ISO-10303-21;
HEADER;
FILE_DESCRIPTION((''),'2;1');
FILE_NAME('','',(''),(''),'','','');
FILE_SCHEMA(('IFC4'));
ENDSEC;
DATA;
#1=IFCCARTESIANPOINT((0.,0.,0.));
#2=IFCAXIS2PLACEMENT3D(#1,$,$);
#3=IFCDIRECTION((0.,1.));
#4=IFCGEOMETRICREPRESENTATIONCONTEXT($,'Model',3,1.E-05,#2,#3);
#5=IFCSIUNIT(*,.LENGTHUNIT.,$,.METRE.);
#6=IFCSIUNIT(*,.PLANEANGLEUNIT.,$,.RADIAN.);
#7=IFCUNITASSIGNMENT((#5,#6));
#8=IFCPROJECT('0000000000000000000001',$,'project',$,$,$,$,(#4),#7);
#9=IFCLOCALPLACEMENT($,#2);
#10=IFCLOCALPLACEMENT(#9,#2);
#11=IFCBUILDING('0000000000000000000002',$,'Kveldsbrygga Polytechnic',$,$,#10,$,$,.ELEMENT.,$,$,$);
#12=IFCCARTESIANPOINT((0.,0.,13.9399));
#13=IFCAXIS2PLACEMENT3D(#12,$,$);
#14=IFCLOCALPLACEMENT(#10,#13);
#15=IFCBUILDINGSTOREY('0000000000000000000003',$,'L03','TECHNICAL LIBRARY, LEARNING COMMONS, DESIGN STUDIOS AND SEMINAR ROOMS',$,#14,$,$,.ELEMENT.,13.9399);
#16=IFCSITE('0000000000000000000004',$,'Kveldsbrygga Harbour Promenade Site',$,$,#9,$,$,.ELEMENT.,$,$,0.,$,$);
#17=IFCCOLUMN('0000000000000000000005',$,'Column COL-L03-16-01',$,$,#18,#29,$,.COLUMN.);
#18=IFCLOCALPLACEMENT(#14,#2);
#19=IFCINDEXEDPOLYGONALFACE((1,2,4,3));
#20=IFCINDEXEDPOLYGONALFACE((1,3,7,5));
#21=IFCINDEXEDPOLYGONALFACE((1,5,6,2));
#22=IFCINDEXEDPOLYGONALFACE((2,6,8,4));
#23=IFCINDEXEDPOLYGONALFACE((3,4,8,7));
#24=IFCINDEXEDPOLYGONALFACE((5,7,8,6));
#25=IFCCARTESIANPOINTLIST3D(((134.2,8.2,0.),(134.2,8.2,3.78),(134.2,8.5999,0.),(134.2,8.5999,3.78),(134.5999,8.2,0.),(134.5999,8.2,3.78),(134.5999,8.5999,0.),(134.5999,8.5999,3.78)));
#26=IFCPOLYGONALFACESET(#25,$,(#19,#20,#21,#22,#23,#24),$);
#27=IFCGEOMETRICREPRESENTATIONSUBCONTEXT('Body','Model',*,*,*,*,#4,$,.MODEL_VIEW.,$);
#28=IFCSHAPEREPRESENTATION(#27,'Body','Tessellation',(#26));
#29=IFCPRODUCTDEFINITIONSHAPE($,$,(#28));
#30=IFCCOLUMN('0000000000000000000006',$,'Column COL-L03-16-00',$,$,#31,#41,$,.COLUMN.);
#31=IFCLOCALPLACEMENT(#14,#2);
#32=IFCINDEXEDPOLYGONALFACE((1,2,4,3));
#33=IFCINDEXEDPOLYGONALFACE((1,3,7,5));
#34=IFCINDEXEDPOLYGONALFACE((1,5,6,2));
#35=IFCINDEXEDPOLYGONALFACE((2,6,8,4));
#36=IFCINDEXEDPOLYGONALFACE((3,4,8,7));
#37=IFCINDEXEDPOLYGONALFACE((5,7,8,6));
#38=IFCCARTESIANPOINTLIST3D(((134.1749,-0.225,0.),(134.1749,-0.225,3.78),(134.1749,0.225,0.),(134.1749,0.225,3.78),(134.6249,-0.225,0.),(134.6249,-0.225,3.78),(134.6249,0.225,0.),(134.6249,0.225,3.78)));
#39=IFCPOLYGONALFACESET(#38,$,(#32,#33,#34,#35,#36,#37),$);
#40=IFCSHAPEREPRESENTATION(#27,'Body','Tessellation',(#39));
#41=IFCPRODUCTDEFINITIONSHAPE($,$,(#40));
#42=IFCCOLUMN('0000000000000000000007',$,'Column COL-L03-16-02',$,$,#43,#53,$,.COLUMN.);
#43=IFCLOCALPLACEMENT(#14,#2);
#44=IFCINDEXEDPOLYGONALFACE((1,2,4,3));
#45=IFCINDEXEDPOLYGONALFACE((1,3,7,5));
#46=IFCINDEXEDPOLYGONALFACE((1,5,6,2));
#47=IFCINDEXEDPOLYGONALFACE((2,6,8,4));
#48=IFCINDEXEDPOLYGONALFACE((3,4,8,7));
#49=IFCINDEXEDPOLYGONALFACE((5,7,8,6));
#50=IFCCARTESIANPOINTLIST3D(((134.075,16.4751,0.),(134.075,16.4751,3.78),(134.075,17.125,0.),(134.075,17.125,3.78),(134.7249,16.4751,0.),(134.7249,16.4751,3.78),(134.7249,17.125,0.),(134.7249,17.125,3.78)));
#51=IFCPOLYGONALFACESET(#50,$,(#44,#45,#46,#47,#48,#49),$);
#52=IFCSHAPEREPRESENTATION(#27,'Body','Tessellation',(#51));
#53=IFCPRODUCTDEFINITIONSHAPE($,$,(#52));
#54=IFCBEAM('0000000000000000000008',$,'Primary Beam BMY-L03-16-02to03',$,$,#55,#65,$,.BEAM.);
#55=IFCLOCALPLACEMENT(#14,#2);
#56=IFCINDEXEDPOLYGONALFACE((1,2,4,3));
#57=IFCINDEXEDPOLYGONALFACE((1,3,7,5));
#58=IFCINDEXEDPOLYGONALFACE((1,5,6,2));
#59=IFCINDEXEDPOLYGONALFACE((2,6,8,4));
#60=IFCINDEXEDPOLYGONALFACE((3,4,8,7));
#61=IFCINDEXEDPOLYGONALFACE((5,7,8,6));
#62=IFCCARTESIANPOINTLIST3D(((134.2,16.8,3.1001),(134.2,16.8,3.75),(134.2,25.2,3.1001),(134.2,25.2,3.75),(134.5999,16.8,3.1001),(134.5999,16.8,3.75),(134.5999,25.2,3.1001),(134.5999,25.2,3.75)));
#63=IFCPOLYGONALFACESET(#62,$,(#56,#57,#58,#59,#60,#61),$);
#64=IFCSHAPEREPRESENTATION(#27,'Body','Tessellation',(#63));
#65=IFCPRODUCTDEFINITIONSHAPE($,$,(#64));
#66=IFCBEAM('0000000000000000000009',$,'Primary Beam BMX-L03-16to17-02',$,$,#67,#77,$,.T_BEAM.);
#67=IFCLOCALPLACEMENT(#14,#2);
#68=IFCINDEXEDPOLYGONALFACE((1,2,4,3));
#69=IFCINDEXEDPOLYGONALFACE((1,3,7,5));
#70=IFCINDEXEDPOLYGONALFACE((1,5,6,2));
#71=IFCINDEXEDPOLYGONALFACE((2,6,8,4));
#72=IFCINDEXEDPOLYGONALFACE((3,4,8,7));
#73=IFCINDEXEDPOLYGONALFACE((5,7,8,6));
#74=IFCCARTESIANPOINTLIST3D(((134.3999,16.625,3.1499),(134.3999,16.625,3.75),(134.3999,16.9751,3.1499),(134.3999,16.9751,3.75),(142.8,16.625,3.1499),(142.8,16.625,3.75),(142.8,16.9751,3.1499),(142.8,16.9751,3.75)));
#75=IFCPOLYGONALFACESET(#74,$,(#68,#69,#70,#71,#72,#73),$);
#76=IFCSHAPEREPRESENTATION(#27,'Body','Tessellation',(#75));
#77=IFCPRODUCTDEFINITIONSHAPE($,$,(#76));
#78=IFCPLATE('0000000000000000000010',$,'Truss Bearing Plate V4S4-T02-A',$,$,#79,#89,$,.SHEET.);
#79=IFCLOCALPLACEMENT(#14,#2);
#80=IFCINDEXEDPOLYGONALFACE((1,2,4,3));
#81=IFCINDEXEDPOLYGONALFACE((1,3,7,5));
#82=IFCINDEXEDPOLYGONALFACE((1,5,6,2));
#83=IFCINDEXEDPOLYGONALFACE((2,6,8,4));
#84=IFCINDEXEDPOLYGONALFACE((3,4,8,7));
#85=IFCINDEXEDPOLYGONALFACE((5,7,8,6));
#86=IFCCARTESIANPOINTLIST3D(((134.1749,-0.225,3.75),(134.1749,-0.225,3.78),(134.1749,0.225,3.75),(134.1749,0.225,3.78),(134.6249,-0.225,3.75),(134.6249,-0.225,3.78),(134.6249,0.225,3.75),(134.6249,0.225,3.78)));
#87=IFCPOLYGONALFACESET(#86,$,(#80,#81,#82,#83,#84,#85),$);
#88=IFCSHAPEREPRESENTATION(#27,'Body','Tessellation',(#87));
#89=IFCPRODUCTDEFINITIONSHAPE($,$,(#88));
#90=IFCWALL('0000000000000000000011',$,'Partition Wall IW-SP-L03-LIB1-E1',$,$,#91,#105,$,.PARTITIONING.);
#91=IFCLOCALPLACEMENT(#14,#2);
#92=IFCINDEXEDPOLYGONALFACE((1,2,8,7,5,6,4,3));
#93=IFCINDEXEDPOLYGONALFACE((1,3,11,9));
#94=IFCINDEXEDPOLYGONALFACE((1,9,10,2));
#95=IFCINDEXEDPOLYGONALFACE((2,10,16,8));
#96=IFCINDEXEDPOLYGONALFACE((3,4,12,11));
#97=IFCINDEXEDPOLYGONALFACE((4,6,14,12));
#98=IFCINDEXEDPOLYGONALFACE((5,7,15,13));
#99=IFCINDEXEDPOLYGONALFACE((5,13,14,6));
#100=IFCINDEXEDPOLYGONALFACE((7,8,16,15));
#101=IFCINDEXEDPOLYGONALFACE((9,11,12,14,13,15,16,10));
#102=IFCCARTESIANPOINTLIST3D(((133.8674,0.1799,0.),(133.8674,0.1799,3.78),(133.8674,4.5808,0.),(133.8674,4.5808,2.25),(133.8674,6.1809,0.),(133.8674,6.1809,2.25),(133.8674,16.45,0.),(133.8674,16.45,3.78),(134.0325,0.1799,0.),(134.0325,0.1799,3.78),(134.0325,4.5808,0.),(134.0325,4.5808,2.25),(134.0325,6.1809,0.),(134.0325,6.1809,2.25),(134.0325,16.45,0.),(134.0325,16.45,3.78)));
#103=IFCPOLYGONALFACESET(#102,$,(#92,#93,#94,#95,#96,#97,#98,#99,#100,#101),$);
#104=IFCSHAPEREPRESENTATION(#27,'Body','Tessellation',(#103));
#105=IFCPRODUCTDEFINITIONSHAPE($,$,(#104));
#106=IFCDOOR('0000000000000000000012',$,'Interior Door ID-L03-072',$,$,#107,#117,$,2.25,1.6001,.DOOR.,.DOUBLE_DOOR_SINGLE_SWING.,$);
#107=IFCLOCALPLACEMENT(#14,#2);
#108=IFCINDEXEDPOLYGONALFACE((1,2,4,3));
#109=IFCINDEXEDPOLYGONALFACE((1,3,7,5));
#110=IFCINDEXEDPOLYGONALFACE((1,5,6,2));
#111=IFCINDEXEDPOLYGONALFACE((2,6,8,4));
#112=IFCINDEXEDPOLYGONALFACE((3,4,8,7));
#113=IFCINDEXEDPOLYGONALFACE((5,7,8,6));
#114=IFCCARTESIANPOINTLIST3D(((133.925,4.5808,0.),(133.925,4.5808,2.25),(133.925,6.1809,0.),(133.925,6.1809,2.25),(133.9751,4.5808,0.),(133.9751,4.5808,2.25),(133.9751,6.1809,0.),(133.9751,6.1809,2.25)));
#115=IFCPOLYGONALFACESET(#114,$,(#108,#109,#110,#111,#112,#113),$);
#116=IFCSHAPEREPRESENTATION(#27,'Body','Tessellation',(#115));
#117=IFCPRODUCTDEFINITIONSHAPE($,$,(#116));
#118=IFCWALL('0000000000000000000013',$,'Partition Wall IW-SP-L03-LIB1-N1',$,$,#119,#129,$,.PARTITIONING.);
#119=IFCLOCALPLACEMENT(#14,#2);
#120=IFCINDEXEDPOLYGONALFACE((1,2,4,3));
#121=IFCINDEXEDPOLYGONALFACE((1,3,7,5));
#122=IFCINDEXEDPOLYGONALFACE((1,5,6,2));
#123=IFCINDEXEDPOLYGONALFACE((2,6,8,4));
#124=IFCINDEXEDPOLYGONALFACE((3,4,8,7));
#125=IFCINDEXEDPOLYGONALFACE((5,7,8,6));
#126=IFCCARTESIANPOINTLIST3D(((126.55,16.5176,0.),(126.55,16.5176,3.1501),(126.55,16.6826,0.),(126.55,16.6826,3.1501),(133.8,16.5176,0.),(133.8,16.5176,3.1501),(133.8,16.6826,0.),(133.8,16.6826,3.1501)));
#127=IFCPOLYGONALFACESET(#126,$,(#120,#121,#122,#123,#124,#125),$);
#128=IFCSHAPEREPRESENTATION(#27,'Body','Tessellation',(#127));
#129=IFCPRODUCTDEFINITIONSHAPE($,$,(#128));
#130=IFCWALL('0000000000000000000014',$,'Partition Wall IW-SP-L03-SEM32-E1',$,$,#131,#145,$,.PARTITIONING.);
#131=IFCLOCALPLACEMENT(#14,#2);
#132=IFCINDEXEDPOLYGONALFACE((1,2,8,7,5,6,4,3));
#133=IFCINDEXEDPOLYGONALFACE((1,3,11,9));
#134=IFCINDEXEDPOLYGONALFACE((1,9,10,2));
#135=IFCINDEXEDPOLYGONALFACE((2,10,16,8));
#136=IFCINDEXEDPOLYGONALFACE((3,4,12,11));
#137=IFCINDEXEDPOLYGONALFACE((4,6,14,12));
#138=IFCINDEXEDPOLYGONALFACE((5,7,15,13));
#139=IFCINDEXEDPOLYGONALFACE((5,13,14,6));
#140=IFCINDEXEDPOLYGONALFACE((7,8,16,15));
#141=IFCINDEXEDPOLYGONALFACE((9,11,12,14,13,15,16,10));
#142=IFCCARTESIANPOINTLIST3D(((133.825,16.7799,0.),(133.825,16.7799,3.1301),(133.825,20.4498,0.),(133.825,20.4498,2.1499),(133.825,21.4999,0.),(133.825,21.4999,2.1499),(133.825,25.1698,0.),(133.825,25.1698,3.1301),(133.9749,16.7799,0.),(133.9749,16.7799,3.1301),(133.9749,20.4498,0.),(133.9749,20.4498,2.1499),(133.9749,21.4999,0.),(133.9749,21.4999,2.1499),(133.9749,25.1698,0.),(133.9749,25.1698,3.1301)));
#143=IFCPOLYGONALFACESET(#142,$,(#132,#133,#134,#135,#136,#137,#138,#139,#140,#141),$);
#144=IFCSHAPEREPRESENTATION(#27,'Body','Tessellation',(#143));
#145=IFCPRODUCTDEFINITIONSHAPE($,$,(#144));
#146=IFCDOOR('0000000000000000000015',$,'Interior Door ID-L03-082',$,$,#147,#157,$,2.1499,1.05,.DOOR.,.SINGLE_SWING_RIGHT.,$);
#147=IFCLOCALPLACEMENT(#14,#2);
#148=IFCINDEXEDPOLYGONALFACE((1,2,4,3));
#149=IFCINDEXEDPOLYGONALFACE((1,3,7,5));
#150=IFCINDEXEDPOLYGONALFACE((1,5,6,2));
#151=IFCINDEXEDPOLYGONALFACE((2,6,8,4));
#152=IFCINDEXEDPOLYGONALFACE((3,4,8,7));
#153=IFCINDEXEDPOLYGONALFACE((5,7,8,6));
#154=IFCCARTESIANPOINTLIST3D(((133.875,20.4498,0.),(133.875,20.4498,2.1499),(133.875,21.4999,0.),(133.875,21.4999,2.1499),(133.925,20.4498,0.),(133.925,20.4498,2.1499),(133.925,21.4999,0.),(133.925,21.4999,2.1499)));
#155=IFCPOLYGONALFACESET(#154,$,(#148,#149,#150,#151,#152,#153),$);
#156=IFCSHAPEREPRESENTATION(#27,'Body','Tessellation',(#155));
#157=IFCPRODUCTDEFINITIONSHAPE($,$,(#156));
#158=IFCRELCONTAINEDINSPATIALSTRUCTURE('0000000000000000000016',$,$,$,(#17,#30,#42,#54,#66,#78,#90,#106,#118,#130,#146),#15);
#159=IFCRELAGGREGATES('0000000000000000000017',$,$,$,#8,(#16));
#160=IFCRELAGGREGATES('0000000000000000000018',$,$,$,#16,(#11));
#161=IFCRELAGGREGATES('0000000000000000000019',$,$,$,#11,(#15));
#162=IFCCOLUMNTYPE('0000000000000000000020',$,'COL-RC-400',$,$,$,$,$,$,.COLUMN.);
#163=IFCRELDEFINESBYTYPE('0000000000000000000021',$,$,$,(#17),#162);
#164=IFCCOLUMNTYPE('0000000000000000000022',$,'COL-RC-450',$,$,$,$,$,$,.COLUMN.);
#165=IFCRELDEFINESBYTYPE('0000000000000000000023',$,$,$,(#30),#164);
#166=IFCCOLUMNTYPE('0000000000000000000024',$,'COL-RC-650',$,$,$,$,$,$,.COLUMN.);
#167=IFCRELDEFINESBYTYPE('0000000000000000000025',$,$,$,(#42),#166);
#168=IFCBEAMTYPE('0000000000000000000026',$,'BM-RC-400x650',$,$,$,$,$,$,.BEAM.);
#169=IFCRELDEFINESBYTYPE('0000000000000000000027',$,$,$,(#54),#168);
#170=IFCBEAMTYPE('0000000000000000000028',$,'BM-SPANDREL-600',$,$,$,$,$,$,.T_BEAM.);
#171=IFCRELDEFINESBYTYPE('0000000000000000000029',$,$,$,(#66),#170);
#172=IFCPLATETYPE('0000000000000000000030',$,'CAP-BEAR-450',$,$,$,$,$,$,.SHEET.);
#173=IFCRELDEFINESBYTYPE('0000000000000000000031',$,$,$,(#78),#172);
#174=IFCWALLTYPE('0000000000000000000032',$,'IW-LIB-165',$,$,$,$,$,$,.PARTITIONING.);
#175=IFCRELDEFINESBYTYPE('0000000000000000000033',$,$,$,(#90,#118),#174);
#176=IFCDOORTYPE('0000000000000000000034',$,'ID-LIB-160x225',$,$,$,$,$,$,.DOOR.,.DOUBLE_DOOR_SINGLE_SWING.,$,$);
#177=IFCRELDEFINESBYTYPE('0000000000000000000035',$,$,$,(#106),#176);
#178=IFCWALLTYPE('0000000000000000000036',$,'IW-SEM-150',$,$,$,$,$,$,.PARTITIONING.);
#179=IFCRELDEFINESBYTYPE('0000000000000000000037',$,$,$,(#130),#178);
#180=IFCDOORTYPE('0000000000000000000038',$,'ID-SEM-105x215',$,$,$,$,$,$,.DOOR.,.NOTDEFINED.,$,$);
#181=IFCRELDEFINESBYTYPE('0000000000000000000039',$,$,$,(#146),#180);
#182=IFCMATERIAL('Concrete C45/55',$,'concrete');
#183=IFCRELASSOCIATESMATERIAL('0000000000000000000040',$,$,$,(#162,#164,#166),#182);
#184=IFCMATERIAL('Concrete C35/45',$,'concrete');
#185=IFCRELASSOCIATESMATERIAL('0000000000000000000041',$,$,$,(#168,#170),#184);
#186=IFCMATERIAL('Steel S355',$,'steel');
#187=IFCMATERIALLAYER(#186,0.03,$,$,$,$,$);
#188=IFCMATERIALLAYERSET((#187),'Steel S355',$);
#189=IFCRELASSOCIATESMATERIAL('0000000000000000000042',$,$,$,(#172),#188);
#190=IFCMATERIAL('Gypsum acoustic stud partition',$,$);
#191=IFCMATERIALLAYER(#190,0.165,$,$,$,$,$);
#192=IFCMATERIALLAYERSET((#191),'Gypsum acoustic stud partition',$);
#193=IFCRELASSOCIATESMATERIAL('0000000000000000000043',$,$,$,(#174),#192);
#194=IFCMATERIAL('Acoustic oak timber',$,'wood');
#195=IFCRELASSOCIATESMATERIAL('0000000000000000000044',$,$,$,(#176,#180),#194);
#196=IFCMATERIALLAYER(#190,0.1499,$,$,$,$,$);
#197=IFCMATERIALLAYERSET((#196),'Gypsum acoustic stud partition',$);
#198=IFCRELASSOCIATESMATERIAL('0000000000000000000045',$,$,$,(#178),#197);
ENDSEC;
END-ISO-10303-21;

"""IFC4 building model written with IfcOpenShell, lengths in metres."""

from ifc_helpers import new_model, si_unit, direction, frame, frame_2d, origin, origin_2d, place, context, subcontext, project, spatial, rectangle, extrude, material, layer, layer_set, material_profile, profile_set, type_object, element, fill, save


model = new_model("IFC4")

# Units and contexts
model_context = context("Model", 3, precision=1e-05, world=origin(), true_north=direction((0.0, 1.0)))
body_context = subcontext(model_context, "Body", "Model", "MODEL_VIEW")
ifc_project = project(units=[si_unit("LENGTHUNIT", "METRE"), si_unit("PLANEANGLEUNIT", "RADIAN")], contexts=[model_context])

# Site, building, storey
site_placement = place(None, origin())
site = spatial("IfcSite", under=ifc_project, at=site_placement, Name="Kveldsbrygga Harbour Promenade Site", CompositionType="ELEMENT", RefElevation=0.0)
building_placement = place(site_placement, origin())
building = spatial("IfcBuilding", under=site, at=building_placement, Name="Kveldsbrygga Polytechnic", CompositionType="ELEMENT")
storey_placement = place(building_placement, frame((0.0, 0.0, 13.9399)))
storey = spatial("IfcBuildingStorey", under=building, at=storey_placement, Name="L03", Description="TECHNICAL LIBRARY, LEARNING COMMONS, DESIGN STUDIOS AND SEMINAR ROOMS", CompositionType="ELEMENT", Elevation=13.9399)

# Columns
ifc_material_1 = material(Name="Concrete C45/55", Category="concrete")
ifc_material_profile_1 = material_profile(ifc_material_1, rectangle(XDim=0.3999, YDim=0.3999, at=origin_2d()), Name="RC 400x400")
ifc_profile_set_1 = profile_set([ifc_material_profile_1], Name="Concrete C45/55")
column_type_1 = type_object("IfcColumnType", Name="COL-RC-400", PredefinedType="COLUMN", material=ifc_profile_set_1)
column_1_placement = place(storey_placement, frame((134.3999, 8.3999, 0.0), z_axis=(0.0, 0.0, 1.0), x_axis=(1.0, 0.0, 0.0)))
element("IfcColumn", 1, at=column_1_placement, inside=storey, type_object=column_type_1, Name="Column COL-L03-16-01", PredefinedType="COLUMN", context=body_context, shape_type="SweptSolid", body=[
    extrude(rectangle(XDim=0.3999, YDim=0.3999, at=origin_2d()), origin(), (0.0, 0.0, 1.0), 3.78),
])
ifc_material_profile_2 = material_profile(ifc_material_1, rectangle(XDim=0.45, YDim=0.45, at=origin_2d()), Name="RC 450x450")
ifc_profile_set_2 = profile_set([ifc_material_profile_2], Name="Concrete C45/55")
column_type_2 = type_object("IfcColumnType", Name="COL-RC-450", PredefinedType="COLUMN", material=ifc_profile_set_2)
column_2_placement = place(storey_placement, frame((134.3999, 0.0, 0.0), z_axis=(0.0, 0.0, 1.0), x_axis=(1.0, 0.0, 0.0)))
element("IfcColumn", 2, at=column_2_placement, inside=storey, type_object=column_type_2, Name="Column COL-L03-16-00", PredefinedType="COLUMN", context=body_context, shape_type="SweptSolid", body=[
    extrude(rectangle(XDim=0.45, YDim=0.45, at=origin_2d()), origin(), (0.0, 0.0, 1.0), 3.78),
])
ifc_material_profile_3 = material_profile(ifc_material_1, rectangle(XDim=0.6499, YDim=0.6499, at=origin_2d()), Name="RC 650x650")
ifc_profile_set_3 = profile_set([ifc_material_profile_3], Name="Concrete C45/55")
column_type_3 = type_object("IfcColumnType", Name="COL-RC-650", PredefinedType="COLUMN", material=ifc_profile_set_3)
column_3_placement = place(storey_placement, frame((134.3999, 16.8, 0.0), z_axis=(0.0, 0.0, 1.0), x_axis=(1.0, 0.0, 0.0)))
element("IfcColumn", 3, at=column_3_placement, inside=storey, type_object=column_type_3, Name="Column COL-L03-16-02", PredefinedType="COLUMN", context=body_context, shape_type="SweptSolid", body=[
    extrude(rectangle(XDim=0.6499, YDim=0.6499, at=origin_2d()), origin(), (0.0, 0.0, 1.0), 3.78),
])

# Beams
ifc_material_2 = material(Name="Concrete C35/45", Category="concrete")
ifc_material_profile_4 = material_profile(ifc_material_2, rectangle(XDim=0.3999, YDim=0.6499, at=origin_2d()), Name="RC 400x650")
ifc_profile_set_4 = profile_set([ifc_material_profile_4], Name="Concrete C35/45")
beam_type_1 = type_object("IfcBeamType", Name="BM-RC-400x650", PredefinedType="BEAM", material=ifc_profile_set_4)
beam_1_placement = place(storey_placement, frame((134.3999, 16.8, 3.425), z_axis=(0.0, 1.0, 0.0), x_axis=(-1.0, 0.0, 0.0)))
element("IfcBeam", 4, at=beam_1_placement, inside=storey, type_object=beam_type_1, Name="Primary Beam BMY-L03-16-02to03", PredefinedType="BEAM", context=body_context, shape_type="SweptSolid", body=[
    extrude(rectangle(XDim=0.3999, YDim=0.6499, at=origin_2d()), origin(), (0.0, 0.0, 1.0), 8.3999),
])
ifc_material_profile_5 = material_profile(ifc_material_2, rectangle(XDim=0.3501, YDim=0.6001, at=origin_2d()), Name="RC 350x600")
ifc_profile_set_5 = profile_set([ifc_material_profile_5], Name="Concrete C35/45")
beam_type_2 = type_object("IfcBeamType", Name="BM-SPANDREL-600", PredefinedType="T_BEAM", material=ifc_profile_set_5)
beam_2_placement = place(storey_placement, frame((134.3999, 16.8, 3.45), z_axis=(1.0, 0.0, 0.0), x_axis=(0.0, 1.0, 0.0)))
element("IfcBeam", 5, at=beam_2_placement, inside=storey, type_object=beam_type_2, Name="Primary Beam BMX-L03-16to17-02", PredefinedType="T_BEAM", context=body_context, shape_type="SweptSolid", body=[
    extrude(rectangle(XDim=0.3501, YDim=0.6001, at=origin_2d()), origin(), (0.0, 0.0, 1.0), 8.4001),
])

# Plate
ifc_material_3 = material(Name="Steel S355", Category="steel")
ifc_layer_1 = layer(ifc_material_3, 0.03)
ifc_layer_set_1 = layer_set([ifc_layer_1], Name="Steel S355")
plate_type = type_object("IfcPlateType", Name="CAP-BEAR-450", PredefinedType="SHEET", material=ifc_layer_set_1)
plate_placement = place(storey_placement, frame((134.3999, 0.0, 3.75), z_axis=(0.0, 0.0, 1.0), x_axis=(1.0, 0.0, 0.0)))
element("IfcPlate", 6, at=plate_placement, inside=storey, type_object=plate_type, Name="Truss Bearing Plate V4S4-T02-A", PredefinedType="SHEET", context=body_context, shape_type="SweptSolid", body=[
    extrude(rectangle(XDim=0.45, YDim=0.45, at=origin_2d()), origin(), (0.0, 0.0, 1.0), 0.03),
])

# Wall, opening, door
ifc_material_4 = material(Name="Gypsum acoustic stud partition")
ifc_layer_2 = layer(ifc_material_4, 0.165)
ifc_layer_set_2 = layer_set([ifc_layer_2], Name="Gypsum acoustic stud partition")
wall_type_1 = type_object("IfcWallType", Name="IW-LIB-165", PredefinedType="PARTITIONING", material=ifc_layer_set_2)
wall_1_placement = place(storey_placement, frame((133.95, 0.1799, 0.0), z_axis=(0.0, 0.0, 1.0), x_axis=(0.0, 1.0, 0.0)))
wall_1 = element("IfcWall", 7, at=wall_1_placement, inside=storey, type_object=wall_type_1, Name="Partition Wall IW-SP-L03-LIB1-E1", PredefinedType="PARTITIONING", context=body_context, shape_type="SweptSolid", body=[
    extrude(rectangle(XDim=16.27, YDim=0.165, at=frame_2d((8.135, 0.0))), origin(), (0.0, 0.0, 1.0), 3.78),
])
opening_1_placement = place(wall_1_placement, frame((4.4009, 0.0, 0.0)))
opening_1 = element("IfcOpeningElement", 8, at=opening_1_placement, cuts=wall_1, PredefinedType="OPENING", context=body_context, shape_type="SweptSolid", body=[
    extrude(rectangle(XDim=1.6001, YDim=2.25, at=frame_2d((0.8, 1.125))), frame((0.0, 0.0925, 0.0), z_axis=(0.0, -1.0, 0.0), x_axis=(1.0, 0.0, 0.0)), (0.0, 0.0, 1.0), 0.1851),
])
ifc_material_5 = material(Name="Acoustic oak timber", Category="wood")
door_type_1 = type_object("IfcDoorType", Name="ID-LIB-160x225", OperationType="DOUBLE_DOOR_SINGLE_SWING", PredefinedType="DOOR", material=ifc_material_5)
door_1_placement = place(opening_1_placement, origin())
door_1 = element("IfcDoor", 9, at=door_1_placement, inside=storey, type_object=door_type_1, Name="Interior Door ID-L03-072", OperationType="DOUBLE_DOOR_SINGLE_SWING", OverallHeight=2.25, OverallWidth=1.6001, PredefinedType="DOOR", context=body_context, shape_type="SweptSolid", body=[
    extrude(rectangle(XDim=1.6001, YDim=2.25, at=frame_2d((0.8, 1.125))), frame((0.0, 0.0249, 0.0), z_axis=(0.0, -1.0, 0.0), x_axis=(1.0, 0.0, 0.0)), (0.0, 0.0, 1.0), 0.05),
])
fill(opening_1, door_1)

# Wall
wall_2_placement = place(storey_placement, frame((126.55, 16.6001, 0.0), z_axis=(0.0, 0.0, 1.0), x_axis=(1.0, 0.0, 0.0)))
element("IfcWall", 10, at=wall_2_placement, inside=storey, type_object=wall_type_1, Name="Partition Wall IW-SP-L03-LIB1-N1", PredefinedType="PARTITIONING", context=body_context, shape_type="SweptSolid", body=[
    extrude(rectangle(XDim=7.25, YDim=0.165, at=frame_2d((3.625, 0.0))), origin(), (0.0, 0.0, 1.0), 3.1501),
])

# Wall, opening, door
ifc_layer_3 = layer(ifc_material_4, 0.1499)
ifc_layer_set_3 = layer_set([ifc_layer_3], Name="Gypsum acoustic stud partition")
wall_type_2 = type_object("IfcWallType", Name="IW-SEM-150", PredefinedType="PARTITIONING", material=ifc_layer_set_3)
wall_3_placement = place(storey_placement, frame((133.8999, 16.78, 0.0), z_axis=(0.0, 0.0, 1.0), x_axis=(0.0, 1.0, 0.0)))
wall_3 = element("IfcWall", 11, at=wall_3_placement, inside=storey, type_object=wall_type_2, Name="Partition Wall IW-SP-L03-SEM32-E1", PredefinedType="PARTITIONING", context=body_context, shape_type="SweptSolid", body=[
    extrude(rectangle(XDim=8.3899, YDim=0.1499, at=frame_2d((4.1948, 0.0))), origin(), (0.0, 0.0, 1.0), 3.1301),
])
opening_2_placement = place(wall_3_placement, frame((3.6699, 0.0, 0.0)))
opening_2 = element("IfcOpeningElement", 12, at=opening_2_placement, cuts=wall_3, PredefinedType="OPENING", context=body_context, shape_type="SweptSolid", body=[
    extrude(rectangle(XDim=1.05, YDim=2.1499, at=frame_2d((0.5249, 1.075))), frame((0.0, 0.085, 0.0), z_axis=(0.0, -1.0, 0.0), x_axis=(1.0, 0.0, 0.0)), (0.0, 0.0, 1.0), 0.1699),
])
door_type_2 = type_object("IfcDoorType", Name="ID-SEM-105x215", OperationType="NOTDEFINED", PredefinedType="DOOR", material=ifc_material_5)
door_2_placement = place(opening_2_placement, origin())
door_2 = element("IfcDoor", 13, at=door_2_placement, inside=storey, type_object=door_type_2, Name="Interior Door ID-L03-082", OperationType="SINGLE_SWING_RIGHT", OverallHeight=2.1499, OverallWidth=1.05, PredefinedType="DOOR", context=body_context, shape_type="SweptSolid", body=[
    extrude(rectangle(XDim=1.05, YDim=2.1499, at=frame_2d((0.5249, 1.075))), frame((0.0, 0.0249, 0.0), z_axis=(0.0, -1.0, 0.0), x_axis=(1.0, 0.0, 0.0)), (0.0, 0.0, 1.0), 0.05),
])
fill(opening_2, door_2)

save(model, "model.ifc")
